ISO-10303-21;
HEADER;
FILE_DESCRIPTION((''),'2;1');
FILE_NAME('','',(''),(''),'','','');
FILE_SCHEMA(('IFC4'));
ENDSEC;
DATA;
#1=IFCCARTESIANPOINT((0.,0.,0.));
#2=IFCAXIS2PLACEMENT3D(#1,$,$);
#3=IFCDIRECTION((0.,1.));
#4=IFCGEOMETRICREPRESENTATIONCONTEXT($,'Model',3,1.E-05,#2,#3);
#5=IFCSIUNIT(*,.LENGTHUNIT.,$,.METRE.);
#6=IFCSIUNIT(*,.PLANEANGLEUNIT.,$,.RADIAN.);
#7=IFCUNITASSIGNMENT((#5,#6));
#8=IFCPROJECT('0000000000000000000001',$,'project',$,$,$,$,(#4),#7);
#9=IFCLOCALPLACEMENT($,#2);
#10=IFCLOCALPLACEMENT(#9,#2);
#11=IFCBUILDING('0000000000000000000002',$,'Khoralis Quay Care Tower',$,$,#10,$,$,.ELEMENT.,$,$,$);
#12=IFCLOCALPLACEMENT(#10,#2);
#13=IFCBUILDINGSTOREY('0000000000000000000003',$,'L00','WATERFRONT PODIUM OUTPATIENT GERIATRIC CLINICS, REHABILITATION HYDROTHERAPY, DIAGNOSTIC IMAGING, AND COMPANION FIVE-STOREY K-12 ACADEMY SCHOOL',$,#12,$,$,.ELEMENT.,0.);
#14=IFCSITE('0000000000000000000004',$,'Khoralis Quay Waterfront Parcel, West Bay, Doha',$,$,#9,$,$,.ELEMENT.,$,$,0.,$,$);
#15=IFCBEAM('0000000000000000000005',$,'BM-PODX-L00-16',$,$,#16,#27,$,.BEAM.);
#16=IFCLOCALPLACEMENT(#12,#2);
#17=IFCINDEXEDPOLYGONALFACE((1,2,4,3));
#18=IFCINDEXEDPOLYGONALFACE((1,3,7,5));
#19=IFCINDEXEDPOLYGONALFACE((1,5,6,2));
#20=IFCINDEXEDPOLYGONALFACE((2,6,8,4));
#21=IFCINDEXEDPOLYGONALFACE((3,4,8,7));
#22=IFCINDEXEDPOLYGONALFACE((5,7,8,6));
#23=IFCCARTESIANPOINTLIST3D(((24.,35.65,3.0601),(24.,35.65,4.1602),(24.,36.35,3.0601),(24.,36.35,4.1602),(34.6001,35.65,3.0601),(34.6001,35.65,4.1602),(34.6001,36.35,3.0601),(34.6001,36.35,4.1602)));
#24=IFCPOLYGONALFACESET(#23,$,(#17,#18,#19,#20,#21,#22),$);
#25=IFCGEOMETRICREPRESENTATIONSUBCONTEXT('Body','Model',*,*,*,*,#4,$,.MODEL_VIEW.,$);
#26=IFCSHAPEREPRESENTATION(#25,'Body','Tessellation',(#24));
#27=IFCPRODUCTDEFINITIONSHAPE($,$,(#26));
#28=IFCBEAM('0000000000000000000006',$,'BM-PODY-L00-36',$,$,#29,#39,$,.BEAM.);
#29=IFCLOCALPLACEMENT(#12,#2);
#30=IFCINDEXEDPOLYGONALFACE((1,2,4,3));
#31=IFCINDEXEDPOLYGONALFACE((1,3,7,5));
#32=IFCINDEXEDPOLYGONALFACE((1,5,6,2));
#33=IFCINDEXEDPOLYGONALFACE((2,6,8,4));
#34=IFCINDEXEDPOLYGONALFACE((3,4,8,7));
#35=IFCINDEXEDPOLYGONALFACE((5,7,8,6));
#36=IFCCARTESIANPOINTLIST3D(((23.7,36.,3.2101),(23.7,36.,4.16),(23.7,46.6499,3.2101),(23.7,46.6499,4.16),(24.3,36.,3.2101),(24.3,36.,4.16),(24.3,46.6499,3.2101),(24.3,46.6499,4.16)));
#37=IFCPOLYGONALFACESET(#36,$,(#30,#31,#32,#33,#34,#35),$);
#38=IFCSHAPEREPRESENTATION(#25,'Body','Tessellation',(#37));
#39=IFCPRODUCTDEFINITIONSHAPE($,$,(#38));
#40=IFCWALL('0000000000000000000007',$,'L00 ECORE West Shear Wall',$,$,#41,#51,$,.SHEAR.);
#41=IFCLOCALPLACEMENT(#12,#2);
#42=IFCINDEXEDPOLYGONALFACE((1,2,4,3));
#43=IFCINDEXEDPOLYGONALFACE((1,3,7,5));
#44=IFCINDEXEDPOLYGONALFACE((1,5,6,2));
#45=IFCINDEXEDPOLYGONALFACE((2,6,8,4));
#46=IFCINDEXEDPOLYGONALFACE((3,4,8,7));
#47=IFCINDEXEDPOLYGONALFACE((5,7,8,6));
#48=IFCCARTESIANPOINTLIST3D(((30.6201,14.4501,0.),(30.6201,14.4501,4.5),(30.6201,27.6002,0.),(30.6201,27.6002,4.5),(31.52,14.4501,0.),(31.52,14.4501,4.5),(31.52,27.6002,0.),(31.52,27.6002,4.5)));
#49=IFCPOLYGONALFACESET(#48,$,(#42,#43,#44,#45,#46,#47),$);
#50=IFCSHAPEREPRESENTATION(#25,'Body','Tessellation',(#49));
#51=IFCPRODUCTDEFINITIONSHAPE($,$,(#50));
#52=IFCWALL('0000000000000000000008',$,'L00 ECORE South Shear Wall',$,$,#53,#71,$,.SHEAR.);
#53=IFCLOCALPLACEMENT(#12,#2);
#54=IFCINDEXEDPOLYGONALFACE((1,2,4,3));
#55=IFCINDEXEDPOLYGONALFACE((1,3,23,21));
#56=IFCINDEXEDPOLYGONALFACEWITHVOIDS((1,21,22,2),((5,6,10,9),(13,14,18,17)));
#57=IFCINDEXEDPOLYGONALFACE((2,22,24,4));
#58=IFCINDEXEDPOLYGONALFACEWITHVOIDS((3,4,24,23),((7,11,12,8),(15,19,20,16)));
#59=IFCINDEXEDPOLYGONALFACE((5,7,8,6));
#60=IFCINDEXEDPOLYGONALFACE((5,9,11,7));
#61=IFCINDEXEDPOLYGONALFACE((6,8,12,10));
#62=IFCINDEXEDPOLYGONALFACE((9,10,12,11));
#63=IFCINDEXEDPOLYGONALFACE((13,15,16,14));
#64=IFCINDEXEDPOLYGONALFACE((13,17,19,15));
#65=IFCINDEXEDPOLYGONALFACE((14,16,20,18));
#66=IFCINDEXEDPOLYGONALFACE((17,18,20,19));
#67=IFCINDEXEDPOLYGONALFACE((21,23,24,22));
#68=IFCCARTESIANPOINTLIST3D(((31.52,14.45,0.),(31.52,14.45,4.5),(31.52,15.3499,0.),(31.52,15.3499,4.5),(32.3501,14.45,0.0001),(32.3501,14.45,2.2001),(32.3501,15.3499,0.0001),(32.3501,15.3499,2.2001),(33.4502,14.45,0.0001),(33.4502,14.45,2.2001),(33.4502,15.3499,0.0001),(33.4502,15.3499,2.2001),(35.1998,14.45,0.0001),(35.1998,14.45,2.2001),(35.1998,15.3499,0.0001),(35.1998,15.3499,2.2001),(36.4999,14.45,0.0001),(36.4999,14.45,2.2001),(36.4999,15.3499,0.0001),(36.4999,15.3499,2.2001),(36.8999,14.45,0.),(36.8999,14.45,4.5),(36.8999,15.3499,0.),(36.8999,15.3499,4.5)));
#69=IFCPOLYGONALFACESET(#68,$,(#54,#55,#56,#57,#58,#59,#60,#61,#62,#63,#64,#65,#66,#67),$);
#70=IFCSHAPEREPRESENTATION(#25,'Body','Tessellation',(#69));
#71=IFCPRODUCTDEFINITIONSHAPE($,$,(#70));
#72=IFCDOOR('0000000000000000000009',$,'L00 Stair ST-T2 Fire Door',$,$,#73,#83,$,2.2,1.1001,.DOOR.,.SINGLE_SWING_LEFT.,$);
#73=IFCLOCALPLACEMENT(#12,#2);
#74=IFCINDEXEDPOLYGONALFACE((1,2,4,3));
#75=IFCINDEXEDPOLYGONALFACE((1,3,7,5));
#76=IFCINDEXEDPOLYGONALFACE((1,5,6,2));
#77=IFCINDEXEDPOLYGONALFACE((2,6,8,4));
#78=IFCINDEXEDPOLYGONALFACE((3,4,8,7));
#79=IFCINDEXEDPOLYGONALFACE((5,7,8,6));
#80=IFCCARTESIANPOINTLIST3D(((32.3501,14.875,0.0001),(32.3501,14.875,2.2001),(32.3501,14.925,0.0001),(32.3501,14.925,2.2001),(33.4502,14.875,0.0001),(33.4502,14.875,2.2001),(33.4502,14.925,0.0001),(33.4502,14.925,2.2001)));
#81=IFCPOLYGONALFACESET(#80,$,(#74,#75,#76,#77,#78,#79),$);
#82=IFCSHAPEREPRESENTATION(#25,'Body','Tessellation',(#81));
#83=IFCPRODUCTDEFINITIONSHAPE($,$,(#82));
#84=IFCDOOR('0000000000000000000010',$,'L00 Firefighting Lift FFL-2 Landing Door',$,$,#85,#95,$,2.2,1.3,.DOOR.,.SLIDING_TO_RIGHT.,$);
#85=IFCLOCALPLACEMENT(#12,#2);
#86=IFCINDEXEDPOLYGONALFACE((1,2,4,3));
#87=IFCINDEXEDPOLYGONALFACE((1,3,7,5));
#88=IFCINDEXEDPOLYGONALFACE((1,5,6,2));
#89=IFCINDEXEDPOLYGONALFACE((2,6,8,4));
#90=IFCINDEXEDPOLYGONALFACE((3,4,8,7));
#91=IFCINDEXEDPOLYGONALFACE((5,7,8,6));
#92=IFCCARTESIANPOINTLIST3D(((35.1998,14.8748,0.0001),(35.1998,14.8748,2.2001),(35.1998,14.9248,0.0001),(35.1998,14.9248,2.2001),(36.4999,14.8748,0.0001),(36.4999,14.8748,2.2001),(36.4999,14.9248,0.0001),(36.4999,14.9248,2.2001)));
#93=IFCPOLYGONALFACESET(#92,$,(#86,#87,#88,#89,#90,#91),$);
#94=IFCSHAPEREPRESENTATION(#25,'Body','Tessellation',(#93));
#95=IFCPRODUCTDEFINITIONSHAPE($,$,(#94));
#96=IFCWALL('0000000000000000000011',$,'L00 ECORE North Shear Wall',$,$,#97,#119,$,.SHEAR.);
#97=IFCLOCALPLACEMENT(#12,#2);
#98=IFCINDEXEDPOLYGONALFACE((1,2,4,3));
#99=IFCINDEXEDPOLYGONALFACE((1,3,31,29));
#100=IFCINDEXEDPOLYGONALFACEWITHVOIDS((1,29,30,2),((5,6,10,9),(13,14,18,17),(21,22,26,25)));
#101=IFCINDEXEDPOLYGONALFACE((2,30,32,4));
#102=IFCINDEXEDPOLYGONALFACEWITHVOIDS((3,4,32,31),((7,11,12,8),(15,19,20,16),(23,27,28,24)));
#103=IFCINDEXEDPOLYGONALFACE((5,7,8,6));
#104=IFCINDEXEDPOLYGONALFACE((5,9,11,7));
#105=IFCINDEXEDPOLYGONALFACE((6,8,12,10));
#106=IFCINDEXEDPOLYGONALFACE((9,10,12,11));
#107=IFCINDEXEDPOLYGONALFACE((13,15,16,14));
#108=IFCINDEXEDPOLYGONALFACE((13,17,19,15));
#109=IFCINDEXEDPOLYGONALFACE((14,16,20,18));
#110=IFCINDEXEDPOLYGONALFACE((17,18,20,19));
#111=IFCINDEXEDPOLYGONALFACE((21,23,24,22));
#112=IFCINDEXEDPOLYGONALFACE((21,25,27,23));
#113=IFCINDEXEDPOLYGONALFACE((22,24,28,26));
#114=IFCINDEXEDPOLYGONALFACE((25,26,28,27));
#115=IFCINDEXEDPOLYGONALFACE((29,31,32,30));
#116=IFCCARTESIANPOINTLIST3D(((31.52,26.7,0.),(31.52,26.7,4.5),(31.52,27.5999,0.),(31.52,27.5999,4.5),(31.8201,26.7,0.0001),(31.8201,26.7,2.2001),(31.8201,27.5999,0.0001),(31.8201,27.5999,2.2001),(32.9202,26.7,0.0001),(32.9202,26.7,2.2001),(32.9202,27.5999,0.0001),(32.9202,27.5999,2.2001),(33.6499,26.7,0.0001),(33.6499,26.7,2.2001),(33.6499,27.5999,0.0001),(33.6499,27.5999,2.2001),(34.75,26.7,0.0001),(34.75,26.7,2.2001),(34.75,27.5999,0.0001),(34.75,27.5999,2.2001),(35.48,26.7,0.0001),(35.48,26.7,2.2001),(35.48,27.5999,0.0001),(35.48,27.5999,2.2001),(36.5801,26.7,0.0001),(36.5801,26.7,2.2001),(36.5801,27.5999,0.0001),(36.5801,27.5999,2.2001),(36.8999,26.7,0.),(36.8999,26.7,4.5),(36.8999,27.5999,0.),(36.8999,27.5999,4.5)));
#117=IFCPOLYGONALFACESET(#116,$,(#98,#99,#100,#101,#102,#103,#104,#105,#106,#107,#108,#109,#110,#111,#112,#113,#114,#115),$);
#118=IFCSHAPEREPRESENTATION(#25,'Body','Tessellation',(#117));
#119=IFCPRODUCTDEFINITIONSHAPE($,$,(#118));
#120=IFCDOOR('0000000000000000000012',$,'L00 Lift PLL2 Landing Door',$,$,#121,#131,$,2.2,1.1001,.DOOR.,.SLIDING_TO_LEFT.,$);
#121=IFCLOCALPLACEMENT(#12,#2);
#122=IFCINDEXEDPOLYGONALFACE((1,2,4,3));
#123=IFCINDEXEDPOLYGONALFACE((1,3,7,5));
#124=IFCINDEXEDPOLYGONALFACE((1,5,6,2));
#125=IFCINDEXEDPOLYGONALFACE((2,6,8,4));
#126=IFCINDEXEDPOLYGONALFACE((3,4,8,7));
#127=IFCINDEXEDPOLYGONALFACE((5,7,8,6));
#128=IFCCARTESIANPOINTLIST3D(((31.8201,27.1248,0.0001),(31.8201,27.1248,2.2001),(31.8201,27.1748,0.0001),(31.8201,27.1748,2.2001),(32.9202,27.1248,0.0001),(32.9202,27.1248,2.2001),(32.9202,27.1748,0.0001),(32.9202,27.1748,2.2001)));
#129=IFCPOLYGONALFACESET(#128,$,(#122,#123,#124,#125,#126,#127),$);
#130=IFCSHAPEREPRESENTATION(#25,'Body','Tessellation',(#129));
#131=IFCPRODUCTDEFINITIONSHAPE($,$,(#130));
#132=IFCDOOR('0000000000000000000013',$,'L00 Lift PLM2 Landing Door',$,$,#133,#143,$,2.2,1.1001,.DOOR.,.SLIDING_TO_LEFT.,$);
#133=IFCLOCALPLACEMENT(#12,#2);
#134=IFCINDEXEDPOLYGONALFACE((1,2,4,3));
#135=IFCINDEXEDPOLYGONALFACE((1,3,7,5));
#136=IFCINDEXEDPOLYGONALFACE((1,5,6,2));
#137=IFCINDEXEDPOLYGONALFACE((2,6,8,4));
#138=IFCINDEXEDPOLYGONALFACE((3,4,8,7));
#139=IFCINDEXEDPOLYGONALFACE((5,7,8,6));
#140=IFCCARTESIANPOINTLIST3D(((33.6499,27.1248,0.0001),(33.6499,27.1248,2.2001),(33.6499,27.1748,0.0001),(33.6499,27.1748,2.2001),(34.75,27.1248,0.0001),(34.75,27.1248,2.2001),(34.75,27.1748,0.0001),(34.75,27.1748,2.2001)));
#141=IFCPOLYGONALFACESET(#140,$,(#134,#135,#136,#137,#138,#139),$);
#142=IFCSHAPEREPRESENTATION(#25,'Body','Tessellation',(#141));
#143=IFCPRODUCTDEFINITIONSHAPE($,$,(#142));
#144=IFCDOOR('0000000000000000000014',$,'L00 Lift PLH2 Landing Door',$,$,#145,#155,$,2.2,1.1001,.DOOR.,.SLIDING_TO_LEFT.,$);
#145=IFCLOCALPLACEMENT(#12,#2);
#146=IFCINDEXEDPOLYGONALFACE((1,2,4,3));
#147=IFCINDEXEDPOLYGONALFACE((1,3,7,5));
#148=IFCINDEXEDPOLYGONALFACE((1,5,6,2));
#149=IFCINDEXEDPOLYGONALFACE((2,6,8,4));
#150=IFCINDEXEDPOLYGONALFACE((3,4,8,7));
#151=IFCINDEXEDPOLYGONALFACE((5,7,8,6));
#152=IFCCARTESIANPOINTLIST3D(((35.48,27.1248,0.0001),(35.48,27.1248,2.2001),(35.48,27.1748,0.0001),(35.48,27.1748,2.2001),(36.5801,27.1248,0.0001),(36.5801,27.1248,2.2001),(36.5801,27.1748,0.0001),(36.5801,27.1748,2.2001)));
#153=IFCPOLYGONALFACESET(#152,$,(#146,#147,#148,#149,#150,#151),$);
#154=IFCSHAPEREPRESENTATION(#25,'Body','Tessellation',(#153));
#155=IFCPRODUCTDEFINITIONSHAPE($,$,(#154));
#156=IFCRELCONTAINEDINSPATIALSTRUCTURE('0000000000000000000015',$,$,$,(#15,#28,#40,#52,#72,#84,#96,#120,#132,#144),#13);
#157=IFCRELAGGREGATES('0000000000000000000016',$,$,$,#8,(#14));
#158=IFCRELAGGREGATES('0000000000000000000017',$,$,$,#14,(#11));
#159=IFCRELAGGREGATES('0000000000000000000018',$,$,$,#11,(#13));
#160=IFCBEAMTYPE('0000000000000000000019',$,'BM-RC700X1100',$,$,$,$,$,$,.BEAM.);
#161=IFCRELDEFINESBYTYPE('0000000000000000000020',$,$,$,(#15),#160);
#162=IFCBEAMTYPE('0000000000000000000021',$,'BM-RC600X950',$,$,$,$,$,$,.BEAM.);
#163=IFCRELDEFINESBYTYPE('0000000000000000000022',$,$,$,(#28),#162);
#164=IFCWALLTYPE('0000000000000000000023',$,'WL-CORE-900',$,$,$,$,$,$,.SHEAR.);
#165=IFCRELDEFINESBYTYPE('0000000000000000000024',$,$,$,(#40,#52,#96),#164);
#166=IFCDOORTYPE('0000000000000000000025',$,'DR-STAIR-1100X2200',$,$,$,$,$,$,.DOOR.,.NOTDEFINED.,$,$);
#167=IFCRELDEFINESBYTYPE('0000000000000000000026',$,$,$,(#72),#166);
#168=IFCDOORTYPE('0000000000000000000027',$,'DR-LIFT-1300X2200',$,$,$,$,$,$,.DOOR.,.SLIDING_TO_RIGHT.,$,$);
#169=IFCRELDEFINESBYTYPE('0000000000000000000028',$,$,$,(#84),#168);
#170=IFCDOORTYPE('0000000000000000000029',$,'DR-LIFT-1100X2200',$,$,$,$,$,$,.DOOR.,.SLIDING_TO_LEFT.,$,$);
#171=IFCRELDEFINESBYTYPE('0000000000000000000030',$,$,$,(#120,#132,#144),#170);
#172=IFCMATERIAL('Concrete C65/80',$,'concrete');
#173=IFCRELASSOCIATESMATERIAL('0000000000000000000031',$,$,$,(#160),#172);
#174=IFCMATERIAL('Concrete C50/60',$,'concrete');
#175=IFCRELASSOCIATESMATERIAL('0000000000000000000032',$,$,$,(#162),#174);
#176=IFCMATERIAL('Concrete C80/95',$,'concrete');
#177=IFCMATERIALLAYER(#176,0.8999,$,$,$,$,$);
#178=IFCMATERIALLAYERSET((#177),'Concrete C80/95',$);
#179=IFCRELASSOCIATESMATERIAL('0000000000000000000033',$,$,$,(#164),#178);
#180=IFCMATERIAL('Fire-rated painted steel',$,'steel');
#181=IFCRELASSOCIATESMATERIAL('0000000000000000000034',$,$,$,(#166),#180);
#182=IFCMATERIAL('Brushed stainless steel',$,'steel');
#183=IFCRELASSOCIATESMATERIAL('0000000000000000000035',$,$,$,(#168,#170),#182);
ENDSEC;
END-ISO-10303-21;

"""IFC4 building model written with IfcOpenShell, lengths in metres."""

from ifc_helpers import new_model, si_unit, direction, frame, frame_2d, origin, origin_2d, place, context, subcontext, project, spatial, rectangle, extrude, source, transform, mapped, material, layer, layer_set, material_profile, profile_set, type_object, element, fill, save


model = new_model("IFC4")

# Units and contexts
model_context = context("Model", 3, precision=1e-05, world=origin(), true_north=direction((0.0, 1.0)))
body_context = subcontext(model_context, "Body", "Model", "MODEL_VIEW")
ifc_project = project(units=[si_unit("LENGTHUNIT", "METRE"), si_unit("PLANEANGLEUNIT", "RADIAN")], contexts=[model_context])

# Site, building, storey
site_placement = place(None, origin())
site = spatial("IfcSite", under=ifc_project, at=site_placement, Name="Khoralis Quay Waterfront Parcel, West Bay, Doha", CompositionType="ELEMENT", RefElevation=0.0)
building_placement = place(site_placement, origin())
building = spatial("IfcBuilding", under=site, at=building_placement, Name="Khoralis Quay Care Tower", CompositionType="ELEMENT")
storey_placement = place(building_placement, origin())
storey = spatial("IfcBuildingStorey", under=building, at=storey_placement, Name="L00", Description="WATERFRONT PODIUM OUTPATIENT GERIATRIC CLINICS, REHABILITATION HYDROTHERAPY, DIAGNOSTIC IMAGING, AND COMPANION FIVE-STOREY K-12 ACADEMY SCHOOL", CompositionType="ELEMENT", Elevation=0.0)

# Beams
ifc_material_1 = material(Name="Concrete C65/80", Category="concrete")
ifc_material_profile_1 = material_profile(ifc_material_1, rectangle(XDim=0.7, YDim=1.1001, at=origin_2d()), Name="Concrete C65/80")
ifc_profile_set_1 = profile_set([ifc_material_profile_1], Name="Concrete C65/80")
beam_type_1 = type_object("IfcBeamType", Name="BM-RC700X1100", PredefinedType="BEAM", material=ifc_profile_set_1)
shared_shape_1 = source(origin(), body_context, "Body", "SweptSolid", [
    extrude(rectangle(XDim=0.7, YDim=1.1001, at=origin_2d()), origin(), (0.0, 0.0, 1.0), 10.6001),
])
beam_1_placement = place(storey_placement, frame((24.0, 36.0, 3.6101), z_axis=(1.0, 0.0, 0.0), x_axis=(0.0, 1.0, 0.0)))
element("IfcBeam", 1, at=beam_1_placement, inside=storey, type_object=beam_type_1, Name="BM-PODX-L00-16", PredefinedType="BEAM", context=body_context, shape_type="MappedRepresentation", body=[
    mapped(shared_shape_1, transform((0.0, 0.0, 0.0), scale=1.0)),
])
ifc_material_2 = material(Name="Concrete C50/60", Category="concrete")
ifc_material_profile_2 = material_profile(ifc_material_2, rectangle(XDim=0.6001, YDim=0.95, at=origin_2d()), Name="Concrete C50/60")
ifc_profile_set_2 = profile_set([ifc_material_profile_2], Name="Concrete C50/60")
beam_type_2 = type_object("IfcBeamType", Name="BM-RC600X950", PredefinedType="BEAM", material=ifc_profile_set_2)
shared_shape_2 = source(origin(), body_context, "Body", "SweptSolid", [
    extrude(rectangle(XDim=0.6001, YDim=0.95, at=origin_2d()), origin(), (0.0, 0.0, 1.0), 10.6499),
])
beam_2_placement = place(storey_placement, frame((24.0, 36.0, 3.6851), z_axis=(0.0, 1.0, 0.0), x_axis=(-1.0, 0.0, 0.0)))
element("IfcBeam", 2, at=beam_2_placement, inside=storey, type_object=beam_type_2, Name="BM-PODY-L00-36", PredefinedType="BEAM", context=body_context, shape_type="MappedRepresentation", body=[
    mapped(shared_shape_2, transform((0.0, 0.0, 0.0), scale=1.0)),
])

# Wall
ifc_material_3 = material(Name="Concrete C80/95", Category="concrete")
ifc_layer_1 = layer(ifc_material_3, 0.8999)
ifc_layer_set_1 = layer_set([ifc_layer_1], Name="Concrete C80/95")
wall_type_1 = type_object("IfcWallType", Name="WL-CORE-900", PredefinedType="SHEAR", material=ifc_layer_set_1)
wall_1_placement = place(storey_placement, frame((31.0701, 14.45, 0.0), z_axis=(0.0, 0.0, 1.0), x_axis=(0.0, 1.0, 0.0)))
element("IfcWall", 3, at=wall_1_placement, inside=storey, type_object=wall_type_1, Name="L00 ECORE West Shear Wall", PredefinedType="SHEAR", context=body_context, shape_type="SweptSolid", body=[
    extrude(rectangle(XDim=13.1501, YDim=0.8999, at=frame_2d((6.5752, 0.0))), origin(), (0.0, 0.0, 1.0), 4.5),
])

# Walls, openings, doors
wall_2_placement = place(storey_placement, frame((31.52, 14.8999, 0.0), z_axis=(0.0, 0.0, 1.0), x_axis=(1.0, 0.0, 0.0)))
wall_2 = element("IfcWall", 4, at=wall_2_placement, inside=storey, type_object=wall_type_1, Name="L00 ECORE South Shear Wall", PredefinedType="SHEAR", context=body_context, shape_type="SweptSolid", body=[
    extrude(rectangle(XDim=5.3799, YDim=0.8999, at=frame_2d((2.6899, 0.0))), origin(), (0.0, 0.0, 1.0), 4.5),
])
opening_1_placement = place(wall_2_placement, frame((0.8301, 0.0, 0.0)))
opening_1 = element("IfcOpeningElement", 5, at=opening_1_placement, cuts=wall_2, PredefinedType="OPENING", context=body_context, shape_type="SweptSolid", body=[
    extrude(rectangle(XDim=1.1001, YDim=2.2, at=frame_2d((0.55, 1.1001))), frame((0.0, 0.46, 0.0), z_axis=(0.0, -1.0, 0.0), x_axis=(1.0, 0.0, 0.0)), (0.0, 0.0, 1.0), 0.9199),
])
opening_2_placement = place(wall_2_placement, frame((3.6799, 0.0, 0.0)))
opening_2 = element("IfcOpeningElement", 6, at=opening_2_placement, cuts=wall_2, PredefinedType="OPENING", context=body_context, shape_type="SweptSolid", body=[
    extrude(rectangle(XDim=1.3, YDim=2.2, at=frame_2d((0.6499, 1.1001))), frame((0.0, 0.46, 0.0), z_axis=(0.0, -1.0, 0.0), x_axis=(1.0, 0.0, 0.0)), (0.0, 0.0, 1.0), 0.9199),
])
ifc_material_4 = material(Name="Fire-rated painted steel", Category="steel")
door_type_1 = type_object("IfcDoorType", Name="DR-STAIR-1100X2200", OperationType="NOTDEFINED", PredefinedType="DOOR", material=ifc_material_4)
shared_shape_3 = source(origin(), body_context, "Body", "SweptSolid", [
    extrude(rectangle(XDim=1.1001, YDim=2.2, at=frame_2d((0.55, 1.1001))), frame((0.0, 0.0249, 0.0), z_axis=(0.0, -1.0, 0.0), x_axis=(1.0, 0.0, 0.0)), (0.0, 0.0, 1.0), 0.05),
])
door_1_placement = place(opening_1_placement, frame((1.1001, 0.0, 0.0), z_axis=(0.0, 0.0, 1.0), x_axis=(-1.0, 0.0, 0.0)))
door_1 = element("IfcDoor", 7, at=door_1_placement, inside=storey, type_object=door_type_1, Name="L00 Stair ST-T2 Fire Door", OperationType="SINGLE_SWING_LEFT", OverallHeight=2.2, OverallWidth=1.1001, PredefinedType="DOOR", context=body_context, shape_type="MappedRepresentation", body=[
    mapped(shared_shape_3, transform((0.0, 0.0, 0.0), scale=1.0)),
])
fill(opening_1, door_1)
ifc_material_5 = material(Name="Brushed stainless steel", Category="steel")
door_type_2 = type_object("IfcDoorType", Name="DR-LIFT-1300X2200", OperationType="SLIDING_TO_RIGHT", PredefinedType="DOOR", material=ifc_material_5)
shared_shape_4 = source(origin(), body_context, "Body", "SweptSolid", [
    extrude(rectangle(XDim=1.3, YDim=2.2, at=frame_2d((0.6499, 1.1001))), frame((0.0, 0.0249, 0.0), z_axis=(0.0, -1.0, 0.0), x_axis=(1.0, 0.0, 0.0)), (0.0, 0.0, 1.0), 0.05),
])
door_2_placement = place(opening_2_placement, origin())
door_2 = element("IfcDoor", 8, at=door_2_placement, inside=storey, type_object=door_type_2, Name="L00 Firefighting Lift FFL-2 Landing Door", OperationType="SLIDING_TO_RIGHT", OverallHeight=2.2, OverallWidth=1.3, PredefinedType="DOOR", context=body_context, shape_type="MappedRepresentation", body=[
    mapped(shared_shape_4, transform((0.0, 0.0, 0.0), scale=1.0)),
])
fill(opening_2, door_2)
wall_3_placement = place(storey_placement, frame((31.52, 27.1499, 0.0), z_axis=(0.0, 0.0, 1.0), x_axis=(1.0, 0.0, 0.0)))
wall_3 = element("IfcWall", 9, at=wall_3_placement, inside=storey, type_object=wall_type_1, Name="L00 ECORE North Shear Wall", PredefinedType="SHEAR", context=body_context, shape_type="SweptSolid", body=[
    extrude(rectangle(XDim=5.3799, YDim=0.8999, at=frame_2d((2.6899, 0.0))), origin(), (0.0, 0.0, 1.0), 4.5),
])
opening_3_placement = place(wall_3_placement, frame((0.3, 0.0, 0.0)))
opening_3 = element("IfcOpeningElement", 10, at=opening_3_placement, cuts=wall_3, PredefinedType="OPENING", context=body_context, shape_type="SweptSolid", body=[
    extrude(rectangle(XDim=1.1001, YDim=2.2, at=frame_2d((0.55, 1.1001))), frame((0.0, 0.46, 0.0), z_axis=(0.0, -1.0, 0.0), x_axis=(1.0, 0.0, 0.0)), (0.0, 0.0, 1.0), 0.9199),
])
opening_4_placement = place(wall_3_placement, frame((2.1299, 0.0, 0.0)))
opening_4 = element("IfcOpeningElement", 11, at=opening_4_placement, cuts=wall_3, PredefinedType="OPENING", context=body_context, shape_type="SweptSolid", body=[
    extrude(rectangle(XDim=1.1001, YDim=2.2, at=frame_2d((0.55, 1.1001))), frame((0.0, 0.46, 0.0), z_axis=(0.0, -1.0, 0.0), x_axis=(1.0, 0.0, 0.0)), (0.0, 0.0, 1.0), 0.9199),
])
opening_5_placement = place(wall_3_placement, frame((3.96, 0.0, 0.0)))
opening_5 = element("IfcOpeningElement", 12, at=opening_5_placement, cuts=wall_3, PredefinedType="OPENING", context=body_context, shape_type="SweptSolid", body=[
    extrude(rectangle(XDim=1.1001, YDim=2.2, at=frame_2d((0.55, 1.1001))), frame((0.0, 0.46, 0.0), z_axis=(0.0, -1.0, 0.0), x_axis=(1.0, 0.0, 0.0)), (0.0, 0.0, 1.0), 0.9199),
])
door_type_3 = type_object("IfcDoorType", Name="DR-LIFT-1100X2200", OperationType="SLIDING_TO_LEFT", PredefinedType="DOOR", material=ifc_material_5)
shared_shape_5 = source(origin(), body_context, "Body", "SweptSolid", [
    extrude(rectangle(XDim=1.1001, YDim=2.2, at=frame_2d((0.55, 1.1001))), frame((0.0, 0.0249, 0.0), z_axis=(0.0, -1.0, 0.0), x_axis=(1.0, 0.0, 0.0)), (0.0, 0.0, 1.0), 0.05),
])
door_3_placement = place(opening_3_placement, origin())
door_3 = element("IfcDoor", 13, at=door_3_placement, inside=storey, type_object=door_type_3, Name="L00 Lift PLL2 Landing Door", OperationType="SLIDING_TO_LEFT", OverallHeight=2.2, OverallWidth=1.1001, PredefinedType="DOOR", context=body_context, shape_type="MappedRepresentation", body=[
    mapped(shared_shape_5, transform((0.0, 0.0, 0.0), scale=1.0)),
])
fill(opening_3, door_3)
door_4_placement = place(opening_4_placement, origin())
door_4 = element("IfcDoor", 14, at=door_4_placement, inside=storey, type_object=door_type_3, Name="L00 Lift PLM2 Landing Door", OperationType="SLIDING_TO_LEFT", OverallHeight=2.2, OverallWidth=1.1001, PredefinedType="DOOR", context=body_context, shape_type="MappedRepresentation", body=[
    mapped(shared_shape_5, transform((0.0, 0.0, 0.0), scale=1.0)),
])
fill(opening_4, door_4)
door_5_placement = place(opening_5_placement, origin())
door_5 = element("IfcDoor", 15, at=door_5_placement, inside=storey, type_object=door_type_3, Name="L00 Lift PLH2 Landing Door", OperationType="SLIDING_TO_LEFT", OverallHeight=2.2, OverallWidth=1.1001, PredefinedType="DOOR", context=body_context, shape_type="MappedRepresentation", body=[
    mapped(shared_shape_5, transform((0.0, 0.0, 0.0), scale=1.0)),
])
fill(opening_5, door_5)

save(model, "model.ifc")
